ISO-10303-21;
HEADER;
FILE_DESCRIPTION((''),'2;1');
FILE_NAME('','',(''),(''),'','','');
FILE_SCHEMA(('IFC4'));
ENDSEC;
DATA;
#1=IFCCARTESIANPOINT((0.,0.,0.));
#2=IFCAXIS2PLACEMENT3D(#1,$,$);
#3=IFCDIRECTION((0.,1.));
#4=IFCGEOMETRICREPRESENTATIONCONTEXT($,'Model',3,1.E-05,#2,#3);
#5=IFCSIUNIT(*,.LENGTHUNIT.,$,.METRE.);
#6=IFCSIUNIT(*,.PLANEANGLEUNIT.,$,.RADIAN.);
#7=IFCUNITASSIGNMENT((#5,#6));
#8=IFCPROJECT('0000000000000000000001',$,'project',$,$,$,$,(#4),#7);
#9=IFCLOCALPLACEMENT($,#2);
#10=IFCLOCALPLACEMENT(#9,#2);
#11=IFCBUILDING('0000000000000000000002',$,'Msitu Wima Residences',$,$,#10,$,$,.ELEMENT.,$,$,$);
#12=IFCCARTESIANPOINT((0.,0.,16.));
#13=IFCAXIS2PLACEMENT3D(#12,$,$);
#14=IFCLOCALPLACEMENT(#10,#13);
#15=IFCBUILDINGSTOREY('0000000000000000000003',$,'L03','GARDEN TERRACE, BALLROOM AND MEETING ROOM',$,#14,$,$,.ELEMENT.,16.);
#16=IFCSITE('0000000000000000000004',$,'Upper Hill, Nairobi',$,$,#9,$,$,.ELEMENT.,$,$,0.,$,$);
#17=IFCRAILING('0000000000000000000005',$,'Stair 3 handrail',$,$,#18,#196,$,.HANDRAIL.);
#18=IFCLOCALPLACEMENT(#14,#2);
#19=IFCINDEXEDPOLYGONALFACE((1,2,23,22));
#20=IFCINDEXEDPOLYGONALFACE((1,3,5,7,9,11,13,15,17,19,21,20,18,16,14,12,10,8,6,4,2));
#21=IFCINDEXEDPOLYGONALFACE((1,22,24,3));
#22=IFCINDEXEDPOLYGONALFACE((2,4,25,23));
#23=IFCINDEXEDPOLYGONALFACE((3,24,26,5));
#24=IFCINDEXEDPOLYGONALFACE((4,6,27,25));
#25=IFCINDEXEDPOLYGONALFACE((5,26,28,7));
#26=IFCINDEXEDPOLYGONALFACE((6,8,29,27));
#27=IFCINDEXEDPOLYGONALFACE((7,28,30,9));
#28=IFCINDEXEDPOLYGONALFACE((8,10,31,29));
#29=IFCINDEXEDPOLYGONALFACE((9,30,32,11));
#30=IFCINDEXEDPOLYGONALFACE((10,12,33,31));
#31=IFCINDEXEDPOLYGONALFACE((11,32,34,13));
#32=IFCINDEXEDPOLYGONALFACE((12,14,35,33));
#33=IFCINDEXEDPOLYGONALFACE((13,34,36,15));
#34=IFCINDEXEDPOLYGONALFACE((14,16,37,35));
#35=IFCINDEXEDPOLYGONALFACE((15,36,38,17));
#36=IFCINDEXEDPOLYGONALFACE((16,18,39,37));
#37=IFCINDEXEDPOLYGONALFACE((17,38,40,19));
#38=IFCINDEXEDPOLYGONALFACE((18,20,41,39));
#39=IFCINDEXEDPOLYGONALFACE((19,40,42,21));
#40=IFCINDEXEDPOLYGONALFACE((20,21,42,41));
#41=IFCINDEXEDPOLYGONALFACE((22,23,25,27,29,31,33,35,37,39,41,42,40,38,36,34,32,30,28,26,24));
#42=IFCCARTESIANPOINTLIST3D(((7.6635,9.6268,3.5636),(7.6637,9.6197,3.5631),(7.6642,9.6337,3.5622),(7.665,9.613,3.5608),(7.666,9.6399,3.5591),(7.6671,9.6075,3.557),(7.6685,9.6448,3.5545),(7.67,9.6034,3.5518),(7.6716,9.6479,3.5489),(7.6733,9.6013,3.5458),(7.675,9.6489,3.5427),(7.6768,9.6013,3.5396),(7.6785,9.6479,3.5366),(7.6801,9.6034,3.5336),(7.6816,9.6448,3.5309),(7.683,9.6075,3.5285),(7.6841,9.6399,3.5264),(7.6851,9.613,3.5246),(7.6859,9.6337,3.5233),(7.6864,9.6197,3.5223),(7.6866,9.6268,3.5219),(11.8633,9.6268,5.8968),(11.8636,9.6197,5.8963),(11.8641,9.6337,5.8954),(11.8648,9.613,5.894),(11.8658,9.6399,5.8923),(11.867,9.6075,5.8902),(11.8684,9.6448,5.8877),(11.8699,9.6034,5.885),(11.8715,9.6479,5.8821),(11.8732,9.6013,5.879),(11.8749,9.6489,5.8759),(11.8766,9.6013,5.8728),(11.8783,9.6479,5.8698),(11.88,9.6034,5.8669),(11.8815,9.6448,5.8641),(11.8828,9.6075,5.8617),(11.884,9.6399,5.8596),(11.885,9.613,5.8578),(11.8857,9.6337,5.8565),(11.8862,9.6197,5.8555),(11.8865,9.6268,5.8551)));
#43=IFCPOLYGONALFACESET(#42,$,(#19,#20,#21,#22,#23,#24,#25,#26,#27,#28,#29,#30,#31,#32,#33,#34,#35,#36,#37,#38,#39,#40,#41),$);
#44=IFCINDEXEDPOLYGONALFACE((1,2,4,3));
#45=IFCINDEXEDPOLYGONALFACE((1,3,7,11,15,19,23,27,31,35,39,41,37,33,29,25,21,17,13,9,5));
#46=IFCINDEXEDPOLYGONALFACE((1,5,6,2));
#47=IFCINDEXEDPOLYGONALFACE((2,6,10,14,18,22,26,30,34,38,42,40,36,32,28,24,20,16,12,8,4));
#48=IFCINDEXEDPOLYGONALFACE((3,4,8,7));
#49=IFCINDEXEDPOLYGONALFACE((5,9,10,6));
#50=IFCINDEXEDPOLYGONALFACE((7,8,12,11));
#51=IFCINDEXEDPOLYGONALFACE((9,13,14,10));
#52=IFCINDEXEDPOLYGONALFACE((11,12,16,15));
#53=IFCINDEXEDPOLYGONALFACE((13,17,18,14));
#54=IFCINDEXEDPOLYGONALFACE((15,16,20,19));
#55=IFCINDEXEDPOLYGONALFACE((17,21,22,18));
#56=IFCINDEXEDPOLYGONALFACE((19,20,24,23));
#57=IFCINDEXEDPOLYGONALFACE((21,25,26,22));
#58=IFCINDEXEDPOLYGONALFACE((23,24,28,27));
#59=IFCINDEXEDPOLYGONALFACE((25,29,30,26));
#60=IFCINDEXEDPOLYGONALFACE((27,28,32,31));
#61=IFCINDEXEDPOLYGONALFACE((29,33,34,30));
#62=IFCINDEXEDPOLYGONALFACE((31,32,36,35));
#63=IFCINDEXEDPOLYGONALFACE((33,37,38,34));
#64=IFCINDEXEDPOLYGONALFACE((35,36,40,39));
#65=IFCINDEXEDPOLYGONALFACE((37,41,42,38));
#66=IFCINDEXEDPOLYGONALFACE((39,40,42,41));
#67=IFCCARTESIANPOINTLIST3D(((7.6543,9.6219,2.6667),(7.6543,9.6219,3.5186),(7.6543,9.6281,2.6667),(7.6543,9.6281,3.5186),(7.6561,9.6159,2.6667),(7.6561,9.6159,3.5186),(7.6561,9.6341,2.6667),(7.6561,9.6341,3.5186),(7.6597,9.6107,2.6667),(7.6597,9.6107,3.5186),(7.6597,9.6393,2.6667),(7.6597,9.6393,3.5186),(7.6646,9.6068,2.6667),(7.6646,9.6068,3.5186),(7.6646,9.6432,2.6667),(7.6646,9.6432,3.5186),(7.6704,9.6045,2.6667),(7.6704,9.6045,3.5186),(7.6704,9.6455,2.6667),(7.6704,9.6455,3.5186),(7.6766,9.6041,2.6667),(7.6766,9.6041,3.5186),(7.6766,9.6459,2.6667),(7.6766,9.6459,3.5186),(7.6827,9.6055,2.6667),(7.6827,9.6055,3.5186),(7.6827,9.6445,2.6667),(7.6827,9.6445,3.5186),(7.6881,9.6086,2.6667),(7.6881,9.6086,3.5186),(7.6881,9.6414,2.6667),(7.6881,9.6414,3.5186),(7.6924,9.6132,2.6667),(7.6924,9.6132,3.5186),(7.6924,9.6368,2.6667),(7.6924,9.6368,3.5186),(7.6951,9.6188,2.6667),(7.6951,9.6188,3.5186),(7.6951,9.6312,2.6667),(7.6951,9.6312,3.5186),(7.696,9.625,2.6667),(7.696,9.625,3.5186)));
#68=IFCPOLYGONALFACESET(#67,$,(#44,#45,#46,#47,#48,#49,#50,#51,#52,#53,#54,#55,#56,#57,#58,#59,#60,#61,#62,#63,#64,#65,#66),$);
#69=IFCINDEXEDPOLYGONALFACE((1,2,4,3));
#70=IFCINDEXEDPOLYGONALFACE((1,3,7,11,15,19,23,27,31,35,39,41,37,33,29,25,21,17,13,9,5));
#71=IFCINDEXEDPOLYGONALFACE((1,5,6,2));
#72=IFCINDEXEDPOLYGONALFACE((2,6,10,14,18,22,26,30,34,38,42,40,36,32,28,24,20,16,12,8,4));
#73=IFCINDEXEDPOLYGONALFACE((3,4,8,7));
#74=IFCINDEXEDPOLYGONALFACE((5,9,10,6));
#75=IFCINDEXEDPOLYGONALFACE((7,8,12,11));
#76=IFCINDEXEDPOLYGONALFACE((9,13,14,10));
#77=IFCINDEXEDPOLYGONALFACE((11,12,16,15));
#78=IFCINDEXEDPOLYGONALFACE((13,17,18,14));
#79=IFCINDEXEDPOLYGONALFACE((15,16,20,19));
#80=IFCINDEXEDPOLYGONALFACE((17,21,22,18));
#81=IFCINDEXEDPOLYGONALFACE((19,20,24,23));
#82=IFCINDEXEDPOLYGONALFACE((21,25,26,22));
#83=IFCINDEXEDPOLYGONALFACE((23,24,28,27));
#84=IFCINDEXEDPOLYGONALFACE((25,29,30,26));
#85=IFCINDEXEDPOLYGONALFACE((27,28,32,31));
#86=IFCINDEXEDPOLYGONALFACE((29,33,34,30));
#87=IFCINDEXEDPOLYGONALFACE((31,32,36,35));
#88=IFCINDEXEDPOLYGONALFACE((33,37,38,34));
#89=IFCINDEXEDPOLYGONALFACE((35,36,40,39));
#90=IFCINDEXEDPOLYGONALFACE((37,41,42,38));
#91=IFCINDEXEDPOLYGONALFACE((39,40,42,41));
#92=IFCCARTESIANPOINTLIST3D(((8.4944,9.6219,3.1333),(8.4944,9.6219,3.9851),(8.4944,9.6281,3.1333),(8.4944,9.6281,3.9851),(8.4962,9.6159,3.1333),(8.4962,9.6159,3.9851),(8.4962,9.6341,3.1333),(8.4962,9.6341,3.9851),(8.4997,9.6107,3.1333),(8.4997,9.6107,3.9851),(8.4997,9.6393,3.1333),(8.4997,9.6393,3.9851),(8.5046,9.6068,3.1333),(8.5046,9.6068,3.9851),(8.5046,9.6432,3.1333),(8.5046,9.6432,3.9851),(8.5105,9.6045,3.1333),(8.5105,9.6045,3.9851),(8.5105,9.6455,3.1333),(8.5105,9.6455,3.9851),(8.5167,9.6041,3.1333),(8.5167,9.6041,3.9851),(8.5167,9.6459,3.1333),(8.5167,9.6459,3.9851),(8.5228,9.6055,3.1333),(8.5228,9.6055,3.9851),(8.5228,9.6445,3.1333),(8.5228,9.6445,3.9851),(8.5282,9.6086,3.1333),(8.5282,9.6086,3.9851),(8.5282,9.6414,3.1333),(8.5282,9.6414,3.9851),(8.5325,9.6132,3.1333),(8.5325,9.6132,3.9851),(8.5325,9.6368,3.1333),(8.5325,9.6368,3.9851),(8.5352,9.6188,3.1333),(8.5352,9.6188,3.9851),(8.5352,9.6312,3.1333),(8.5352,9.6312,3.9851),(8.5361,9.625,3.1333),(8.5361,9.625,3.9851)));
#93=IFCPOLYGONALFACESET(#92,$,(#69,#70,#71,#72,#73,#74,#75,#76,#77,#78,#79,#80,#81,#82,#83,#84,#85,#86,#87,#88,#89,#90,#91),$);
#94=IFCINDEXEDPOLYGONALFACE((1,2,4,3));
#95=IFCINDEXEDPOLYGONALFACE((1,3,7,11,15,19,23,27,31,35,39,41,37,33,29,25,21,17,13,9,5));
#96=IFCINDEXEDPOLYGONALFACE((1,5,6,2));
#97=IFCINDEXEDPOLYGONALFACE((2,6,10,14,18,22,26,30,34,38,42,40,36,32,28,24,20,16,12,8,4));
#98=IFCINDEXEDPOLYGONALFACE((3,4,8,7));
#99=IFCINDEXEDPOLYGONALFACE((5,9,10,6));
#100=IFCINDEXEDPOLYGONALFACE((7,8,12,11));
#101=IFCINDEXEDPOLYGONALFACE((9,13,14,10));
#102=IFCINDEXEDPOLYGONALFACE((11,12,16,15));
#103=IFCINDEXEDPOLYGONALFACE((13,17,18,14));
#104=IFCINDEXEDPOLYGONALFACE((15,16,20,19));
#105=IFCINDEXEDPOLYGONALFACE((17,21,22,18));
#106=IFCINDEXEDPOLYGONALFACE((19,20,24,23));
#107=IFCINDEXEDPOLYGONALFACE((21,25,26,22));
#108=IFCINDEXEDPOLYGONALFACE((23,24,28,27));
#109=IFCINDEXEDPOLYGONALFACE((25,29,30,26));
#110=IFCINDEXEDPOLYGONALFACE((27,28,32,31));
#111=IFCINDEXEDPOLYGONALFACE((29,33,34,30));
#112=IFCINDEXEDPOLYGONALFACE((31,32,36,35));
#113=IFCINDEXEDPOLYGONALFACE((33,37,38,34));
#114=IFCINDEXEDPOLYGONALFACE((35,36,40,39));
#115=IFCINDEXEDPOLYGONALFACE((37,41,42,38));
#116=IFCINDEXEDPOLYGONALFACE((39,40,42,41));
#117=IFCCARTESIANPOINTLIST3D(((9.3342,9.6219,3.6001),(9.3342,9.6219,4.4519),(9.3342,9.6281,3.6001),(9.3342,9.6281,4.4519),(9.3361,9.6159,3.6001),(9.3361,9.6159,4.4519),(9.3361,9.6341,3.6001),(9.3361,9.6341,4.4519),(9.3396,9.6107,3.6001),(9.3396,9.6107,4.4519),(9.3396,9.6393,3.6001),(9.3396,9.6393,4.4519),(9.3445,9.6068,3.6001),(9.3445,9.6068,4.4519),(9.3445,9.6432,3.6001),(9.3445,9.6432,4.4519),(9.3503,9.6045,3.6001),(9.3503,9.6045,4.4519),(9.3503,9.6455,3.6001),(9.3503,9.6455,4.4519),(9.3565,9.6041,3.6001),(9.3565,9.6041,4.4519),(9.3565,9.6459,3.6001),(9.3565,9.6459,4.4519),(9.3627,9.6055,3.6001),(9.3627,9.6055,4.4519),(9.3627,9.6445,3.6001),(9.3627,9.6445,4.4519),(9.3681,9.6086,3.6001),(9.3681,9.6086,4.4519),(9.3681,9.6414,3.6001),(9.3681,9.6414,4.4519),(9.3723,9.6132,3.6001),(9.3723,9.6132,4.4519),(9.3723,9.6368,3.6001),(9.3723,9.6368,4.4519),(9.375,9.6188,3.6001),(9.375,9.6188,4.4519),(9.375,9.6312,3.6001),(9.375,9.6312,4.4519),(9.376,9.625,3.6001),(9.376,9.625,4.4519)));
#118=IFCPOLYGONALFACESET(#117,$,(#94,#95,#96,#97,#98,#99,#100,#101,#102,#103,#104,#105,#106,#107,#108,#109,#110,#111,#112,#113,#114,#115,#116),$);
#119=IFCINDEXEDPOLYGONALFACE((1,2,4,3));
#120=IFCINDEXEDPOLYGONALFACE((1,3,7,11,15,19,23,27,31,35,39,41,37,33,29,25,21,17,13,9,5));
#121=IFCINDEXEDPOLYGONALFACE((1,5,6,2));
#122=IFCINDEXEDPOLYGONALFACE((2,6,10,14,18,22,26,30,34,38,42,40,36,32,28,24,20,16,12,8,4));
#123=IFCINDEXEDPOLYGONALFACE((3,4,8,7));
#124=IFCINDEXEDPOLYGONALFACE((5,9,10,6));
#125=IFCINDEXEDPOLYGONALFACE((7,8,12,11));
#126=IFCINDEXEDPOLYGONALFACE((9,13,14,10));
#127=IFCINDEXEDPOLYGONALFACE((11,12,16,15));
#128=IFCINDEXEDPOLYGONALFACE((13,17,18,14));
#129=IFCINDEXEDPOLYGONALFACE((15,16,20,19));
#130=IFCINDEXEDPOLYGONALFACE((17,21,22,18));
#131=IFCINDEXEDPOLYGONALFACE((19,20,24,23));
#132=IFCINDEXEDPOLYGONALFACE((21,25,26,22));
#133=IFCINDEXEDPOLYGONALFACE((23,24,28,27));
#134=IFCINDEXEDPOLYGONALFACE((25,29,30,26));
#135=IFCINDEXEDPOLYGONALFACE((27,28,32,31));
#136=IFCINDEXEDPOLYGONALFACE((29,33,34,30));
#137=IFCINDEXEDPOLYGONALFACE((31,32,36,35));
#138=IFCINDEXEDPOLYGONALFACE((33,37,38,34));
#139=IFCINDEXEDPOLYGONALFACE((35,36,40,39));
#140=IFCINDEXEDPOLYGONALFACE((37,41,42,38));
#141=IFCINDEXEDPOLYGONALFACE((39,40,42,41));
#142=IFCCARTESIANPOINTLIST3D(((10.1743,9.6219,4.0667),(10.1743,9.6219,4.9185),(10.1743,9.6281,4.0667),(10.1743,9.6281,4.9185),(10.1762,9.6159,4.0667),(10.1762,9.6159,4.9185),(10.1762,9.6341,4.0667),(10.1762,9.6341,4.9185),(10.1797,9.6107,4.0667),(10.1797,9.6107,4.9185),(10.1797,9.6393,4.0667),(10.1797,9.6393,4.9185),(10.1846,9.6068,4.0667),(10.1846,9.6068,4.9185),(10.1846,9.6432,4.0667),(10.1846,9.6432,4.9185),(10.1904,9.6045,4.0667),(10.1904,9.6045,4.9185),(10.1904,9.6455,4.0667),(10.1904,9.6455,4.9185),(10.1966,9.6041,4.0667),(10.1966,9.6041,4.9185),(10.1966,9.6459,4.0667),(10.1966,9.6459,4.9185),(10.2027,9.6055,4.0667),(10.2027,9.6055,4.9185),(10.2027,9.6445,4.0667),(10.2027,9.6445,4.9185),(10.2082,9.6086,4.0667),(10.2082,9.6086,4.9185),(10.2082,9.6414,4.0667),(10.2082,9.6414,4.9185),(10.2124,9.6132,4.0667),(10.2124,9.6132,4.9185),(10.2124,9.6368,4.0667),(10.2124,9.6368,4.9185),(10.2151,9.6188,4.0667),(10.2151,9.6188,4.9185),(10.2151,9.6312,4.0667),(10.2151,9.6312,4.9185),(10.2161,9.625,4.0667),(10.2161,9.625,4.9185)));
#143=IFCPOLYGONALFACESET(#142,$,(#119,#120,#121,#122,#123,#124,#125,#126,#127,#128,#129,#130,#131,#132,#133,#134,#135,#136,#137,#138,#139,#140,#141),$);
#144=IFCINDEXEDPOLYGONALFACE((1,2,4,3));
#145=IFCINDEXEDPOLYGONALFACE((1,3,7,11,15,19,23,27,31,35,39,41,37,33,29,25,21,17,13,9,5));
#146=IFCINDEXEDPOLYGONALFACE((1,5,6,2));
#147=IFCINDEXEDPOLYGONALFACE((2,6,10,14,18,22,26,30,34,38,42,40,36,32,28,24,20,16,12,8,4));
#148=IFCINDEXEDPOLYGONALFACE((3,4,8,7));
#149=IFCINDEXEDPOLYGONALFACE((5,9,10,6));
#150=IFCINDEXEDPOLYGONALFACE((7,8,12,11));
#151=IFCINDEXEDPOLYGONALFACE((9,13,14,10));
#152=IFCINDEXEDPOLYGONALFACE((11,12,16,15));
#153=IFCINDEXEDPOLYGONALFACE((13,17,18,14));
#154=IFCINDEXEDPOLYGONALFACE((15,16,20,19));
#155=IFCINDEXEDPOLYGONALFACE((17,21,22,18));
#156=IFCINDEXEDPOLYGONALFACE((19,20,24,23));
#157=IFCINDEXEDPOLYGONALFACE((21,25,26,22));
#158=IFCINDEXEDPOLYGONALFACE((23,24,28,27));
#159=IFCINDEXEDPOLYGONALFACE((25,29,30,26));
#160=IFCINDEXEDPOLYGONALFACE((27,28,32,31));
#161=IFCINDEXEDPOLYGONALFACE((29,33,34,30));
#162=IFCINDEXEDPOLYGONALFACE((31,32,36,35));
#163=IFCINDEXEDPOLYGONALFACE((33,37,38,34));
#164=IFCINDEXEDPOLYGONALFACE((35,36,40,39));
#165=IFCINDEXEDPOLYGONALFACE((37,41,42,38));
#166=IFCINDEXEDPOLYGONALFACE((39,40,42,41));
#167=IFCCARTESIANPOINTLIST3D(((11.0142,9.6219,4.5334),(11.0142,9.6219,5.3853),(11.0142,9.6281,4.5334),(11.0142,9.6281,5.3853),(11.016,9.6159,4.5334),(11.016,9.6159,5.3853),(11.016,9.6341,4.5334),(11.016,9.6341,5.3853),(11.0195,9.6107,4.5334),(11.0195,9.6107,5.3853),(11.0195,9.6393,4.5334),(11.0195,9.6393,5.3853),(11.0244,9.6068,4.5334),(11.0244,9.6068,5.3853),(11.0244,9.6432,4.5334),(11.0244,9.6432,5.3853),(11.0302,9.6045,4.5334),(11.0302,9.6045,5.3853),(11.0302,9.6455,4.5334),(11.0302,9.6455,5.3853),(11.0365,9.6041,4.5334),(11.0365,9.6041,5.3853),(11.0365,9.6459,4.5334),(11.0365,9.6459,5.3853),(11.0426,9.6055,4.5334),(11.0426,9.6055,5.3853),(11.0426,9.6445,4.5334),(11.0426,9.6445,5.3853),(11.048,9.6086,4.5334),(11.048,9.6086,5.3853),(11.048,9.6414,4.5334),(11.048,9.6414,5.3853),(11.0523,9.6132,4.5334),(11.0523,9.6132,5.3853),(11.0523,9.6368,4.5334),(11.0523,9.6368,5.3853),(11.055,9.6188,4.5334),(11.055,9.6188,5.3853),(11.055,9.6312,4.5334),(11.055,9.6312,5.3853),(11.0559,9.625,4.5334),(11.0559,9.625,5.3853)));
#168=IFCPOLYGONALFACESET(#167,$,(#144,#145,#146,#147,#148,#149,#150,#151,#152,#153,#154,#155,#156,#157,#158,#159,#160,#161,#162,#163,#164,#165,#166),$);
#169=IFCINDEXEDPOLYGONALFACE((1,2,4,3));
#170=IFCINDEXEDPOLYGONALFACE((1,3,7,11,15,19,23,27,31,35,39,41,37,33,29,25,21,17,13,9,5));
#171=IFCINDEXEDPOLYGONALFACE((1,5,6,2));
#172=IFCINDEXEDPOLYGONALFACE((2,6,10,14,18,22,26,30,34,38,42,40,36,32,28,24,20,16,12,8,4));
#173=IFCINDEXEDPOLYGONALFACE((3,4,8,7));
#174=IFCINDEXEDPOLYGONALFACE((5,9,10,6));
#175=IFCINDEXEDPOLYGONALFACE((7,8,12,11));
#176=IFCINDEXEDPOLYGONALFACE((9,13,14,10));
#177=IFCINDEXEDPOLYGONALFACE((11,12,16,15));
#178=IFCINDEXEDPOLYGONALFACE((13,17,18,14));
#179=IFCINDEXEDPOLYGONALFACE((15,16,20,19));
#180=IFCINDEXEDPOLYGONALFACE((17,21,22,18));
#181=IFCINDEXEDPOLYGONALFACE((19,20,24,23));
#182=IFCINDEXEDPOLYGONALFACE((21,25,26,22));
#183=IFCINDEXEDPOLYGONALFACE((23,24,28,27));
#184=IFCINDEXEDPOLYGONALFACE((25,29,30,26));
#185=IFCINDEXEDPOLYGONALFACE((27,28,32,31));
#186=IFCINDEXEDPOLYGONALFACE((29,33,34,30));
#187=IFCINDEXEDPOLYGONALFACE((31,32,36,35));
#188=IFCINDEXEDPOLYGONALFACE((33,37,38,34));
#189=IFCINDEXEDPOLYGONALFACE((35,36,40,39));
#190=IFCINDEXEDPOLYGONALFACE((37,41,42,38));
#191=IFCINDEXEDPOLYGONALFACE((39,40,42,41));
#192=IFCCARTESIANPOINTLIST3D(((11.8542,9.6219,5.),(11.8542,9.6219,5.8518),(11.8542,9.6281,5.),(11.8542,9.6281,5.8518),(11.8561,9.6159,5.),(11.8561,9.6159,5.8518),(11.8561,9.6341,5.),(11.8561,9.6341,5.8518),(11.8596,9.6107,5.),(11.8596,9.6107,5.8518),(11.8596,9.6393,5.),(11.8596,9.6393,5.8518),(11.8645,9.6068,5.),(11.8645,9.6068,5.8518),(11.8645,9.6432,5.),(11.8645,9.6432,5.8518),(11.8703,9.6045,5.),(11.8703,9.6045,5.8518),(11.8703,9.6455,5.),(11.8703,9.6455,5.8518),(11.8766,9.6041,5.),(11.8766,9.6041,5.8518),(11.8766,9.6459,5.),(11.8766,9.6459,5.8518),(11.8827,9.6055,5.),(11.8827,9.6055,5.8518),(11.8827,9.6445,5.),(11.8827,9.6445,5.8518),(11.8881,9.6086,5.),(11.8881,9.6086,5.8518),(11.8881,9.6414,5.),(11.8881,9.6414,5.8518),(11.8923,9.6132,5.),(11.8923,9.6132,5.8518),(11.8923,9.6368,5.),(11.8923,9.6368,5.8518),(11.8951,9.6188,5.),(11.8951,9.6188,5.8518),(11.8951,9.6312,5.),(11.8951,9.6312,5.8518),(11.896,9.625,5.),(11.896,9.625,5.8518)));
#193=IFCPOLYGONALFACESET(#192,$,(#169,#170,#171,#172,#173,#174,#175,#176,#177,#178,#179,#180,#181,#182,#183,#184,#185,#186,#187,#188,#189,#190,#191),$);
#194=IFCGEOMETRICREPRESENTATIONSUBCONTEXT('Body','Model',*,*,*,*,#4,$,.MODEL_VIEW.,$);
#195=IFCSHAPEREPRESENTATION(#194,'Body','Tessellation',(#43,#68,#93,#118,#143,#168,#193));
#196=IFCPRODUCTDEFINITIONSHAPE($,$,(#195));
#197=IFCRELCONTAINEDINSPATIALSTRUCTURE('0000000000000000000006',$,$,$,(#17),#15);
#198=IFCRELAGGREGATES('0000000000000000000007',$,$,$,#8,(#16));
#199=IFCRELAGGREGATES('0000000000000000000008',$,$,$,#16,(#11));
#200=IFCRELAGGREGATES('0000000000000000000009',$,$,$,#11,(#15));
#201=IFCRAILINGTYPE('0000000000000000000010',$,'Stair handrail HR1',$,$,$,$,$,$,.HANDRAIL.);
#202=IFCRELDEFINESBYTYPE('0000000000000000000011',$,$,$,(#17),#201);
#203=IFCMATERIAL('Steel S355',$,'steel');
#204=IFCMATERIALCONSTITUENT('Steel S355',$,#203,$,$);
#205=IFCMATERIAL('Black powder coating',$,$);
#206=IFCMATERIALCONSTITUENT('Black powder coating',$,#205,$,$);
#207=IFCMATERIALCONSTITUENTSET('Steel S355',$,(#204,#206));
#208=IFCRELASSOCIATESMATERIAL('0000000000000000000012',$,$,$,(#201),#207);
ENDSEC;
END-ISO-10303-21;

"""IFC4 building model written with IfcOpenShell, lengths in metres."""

from ifc_helpers import new_model, si_unit, direction, frame, origin, origin_2d, place, context, subcontext, project, spatial, circle, extrude, material, constituent, constituent_set, type_object, element, save


model = new_model("IFC4")

# Units and contexts
model_context = context("Model", 3, precision=1e-05, world=origin(), true_north=direction((0.0, 1.0)))
body_context = subcontext(model_context, "Body", "Model", "MODEL_VIEW")
ifc_project = project(units=[si_unit("LENGTHUNIT", "METRE"), si_unit("PLANEANGLEUNIT", "RADIAN")], contexts=[model_context])

# Site, building, storey
site_placement = place(None, origin())
site = spatial("IfcSite", under=ifc_project, at=site_placement, Name="Upper Hill, Nairobi", CompositionType="ELEMENT", RefElevation=0.0)
building_placement = place(site_placement, origin())
building = spatial("IfcBuilding", under=site, at=building_placement, Name="Msitu Wima Residences", CompositionType="ELEMENT")
storey_placement = place(building_placement, frame((0.0, 0.0, 16.0)))
storey = spatial("IfcBuildingStorey", under=building, at=storey_placement, Name="L03", Description="GARDEN TERRACE, BALLROOM AND MEETING ROOM", CompositionType="ELEMENT", Elevation=16.0)

# Railing
ifc_material_1 = material(Name="Steel S355", Category="steel")
ifc_constituent_1 = constituent(ifc_material_1, Name="Steel S355")
ifc_material_2 = material(Name="Black powder coating")
ifc_constituent_2 = constituent(ifc_material_2, Name="Black powder coating")
ifc_constituent_set = constituent_set(constituents=[ifc_constituent_1, ifc_constituent_2], Name="Steel S355")
railing_type = type_object("IfcRailingType", Name="Stair handrail HR1", PredefinedType="HANDRAIL", material=ifc_constituent_set)
railing_1_placement = place(storey_placement, frame((7.675, 9.625, 2.6667)))
element("IfcRailing", 1, at=railing_1_placement, inside=storey, type_object=railing_type, Name="Stair 3 handrail", PredefinedType="HANDRAIL", context=body_context, shape_type="SweptSolid", body=[
    extrude(circle(Radius=0.0239, at=origin_2d()), frame((0.0, 0.0, 0.876), z_axis=(0.874162, 0.0, 0.485634), x_axis=(0.0, 1.0, 0.0)), (0.0, 0.0, 1.0), 4.8044),
    extrude(circle(Radius=0.021, at=origin_2d()), origin(), (0.0, 0.0, 1.0), 0.8518),
    extrude(circle(Radius=0.021, at=origin_2d()), frame((0.8401, 0.0, 0.4666)), (0.0, 0.0, 1.0), 0.8518),
    extrude(circle(Radius=0.021, at=origin_2d()), frame((1.6799, 0.0, 0.9333)), (0.0, 0.0, 1.0), 0.8518),
    extrude(circle(Radius=0.021, at=origin_2d()), frame((2.52, 0.0, 1.3999)), (0.0, 0.0, 1.0), 0.8518),
    extrude(circle(Radius=0.021, at=origin_2d()), frame((3.3599, 0.0, 1.8667)), (0.0, 0.0, 1.0), 0.8518),
    extrude(circle(Radius=0.021, at=origin_2d()), frame((4.2, 0.0, 2.3333)), (0.0, 0.0, 1.0), 0.8518),
])

save(model, "model.ifc")
